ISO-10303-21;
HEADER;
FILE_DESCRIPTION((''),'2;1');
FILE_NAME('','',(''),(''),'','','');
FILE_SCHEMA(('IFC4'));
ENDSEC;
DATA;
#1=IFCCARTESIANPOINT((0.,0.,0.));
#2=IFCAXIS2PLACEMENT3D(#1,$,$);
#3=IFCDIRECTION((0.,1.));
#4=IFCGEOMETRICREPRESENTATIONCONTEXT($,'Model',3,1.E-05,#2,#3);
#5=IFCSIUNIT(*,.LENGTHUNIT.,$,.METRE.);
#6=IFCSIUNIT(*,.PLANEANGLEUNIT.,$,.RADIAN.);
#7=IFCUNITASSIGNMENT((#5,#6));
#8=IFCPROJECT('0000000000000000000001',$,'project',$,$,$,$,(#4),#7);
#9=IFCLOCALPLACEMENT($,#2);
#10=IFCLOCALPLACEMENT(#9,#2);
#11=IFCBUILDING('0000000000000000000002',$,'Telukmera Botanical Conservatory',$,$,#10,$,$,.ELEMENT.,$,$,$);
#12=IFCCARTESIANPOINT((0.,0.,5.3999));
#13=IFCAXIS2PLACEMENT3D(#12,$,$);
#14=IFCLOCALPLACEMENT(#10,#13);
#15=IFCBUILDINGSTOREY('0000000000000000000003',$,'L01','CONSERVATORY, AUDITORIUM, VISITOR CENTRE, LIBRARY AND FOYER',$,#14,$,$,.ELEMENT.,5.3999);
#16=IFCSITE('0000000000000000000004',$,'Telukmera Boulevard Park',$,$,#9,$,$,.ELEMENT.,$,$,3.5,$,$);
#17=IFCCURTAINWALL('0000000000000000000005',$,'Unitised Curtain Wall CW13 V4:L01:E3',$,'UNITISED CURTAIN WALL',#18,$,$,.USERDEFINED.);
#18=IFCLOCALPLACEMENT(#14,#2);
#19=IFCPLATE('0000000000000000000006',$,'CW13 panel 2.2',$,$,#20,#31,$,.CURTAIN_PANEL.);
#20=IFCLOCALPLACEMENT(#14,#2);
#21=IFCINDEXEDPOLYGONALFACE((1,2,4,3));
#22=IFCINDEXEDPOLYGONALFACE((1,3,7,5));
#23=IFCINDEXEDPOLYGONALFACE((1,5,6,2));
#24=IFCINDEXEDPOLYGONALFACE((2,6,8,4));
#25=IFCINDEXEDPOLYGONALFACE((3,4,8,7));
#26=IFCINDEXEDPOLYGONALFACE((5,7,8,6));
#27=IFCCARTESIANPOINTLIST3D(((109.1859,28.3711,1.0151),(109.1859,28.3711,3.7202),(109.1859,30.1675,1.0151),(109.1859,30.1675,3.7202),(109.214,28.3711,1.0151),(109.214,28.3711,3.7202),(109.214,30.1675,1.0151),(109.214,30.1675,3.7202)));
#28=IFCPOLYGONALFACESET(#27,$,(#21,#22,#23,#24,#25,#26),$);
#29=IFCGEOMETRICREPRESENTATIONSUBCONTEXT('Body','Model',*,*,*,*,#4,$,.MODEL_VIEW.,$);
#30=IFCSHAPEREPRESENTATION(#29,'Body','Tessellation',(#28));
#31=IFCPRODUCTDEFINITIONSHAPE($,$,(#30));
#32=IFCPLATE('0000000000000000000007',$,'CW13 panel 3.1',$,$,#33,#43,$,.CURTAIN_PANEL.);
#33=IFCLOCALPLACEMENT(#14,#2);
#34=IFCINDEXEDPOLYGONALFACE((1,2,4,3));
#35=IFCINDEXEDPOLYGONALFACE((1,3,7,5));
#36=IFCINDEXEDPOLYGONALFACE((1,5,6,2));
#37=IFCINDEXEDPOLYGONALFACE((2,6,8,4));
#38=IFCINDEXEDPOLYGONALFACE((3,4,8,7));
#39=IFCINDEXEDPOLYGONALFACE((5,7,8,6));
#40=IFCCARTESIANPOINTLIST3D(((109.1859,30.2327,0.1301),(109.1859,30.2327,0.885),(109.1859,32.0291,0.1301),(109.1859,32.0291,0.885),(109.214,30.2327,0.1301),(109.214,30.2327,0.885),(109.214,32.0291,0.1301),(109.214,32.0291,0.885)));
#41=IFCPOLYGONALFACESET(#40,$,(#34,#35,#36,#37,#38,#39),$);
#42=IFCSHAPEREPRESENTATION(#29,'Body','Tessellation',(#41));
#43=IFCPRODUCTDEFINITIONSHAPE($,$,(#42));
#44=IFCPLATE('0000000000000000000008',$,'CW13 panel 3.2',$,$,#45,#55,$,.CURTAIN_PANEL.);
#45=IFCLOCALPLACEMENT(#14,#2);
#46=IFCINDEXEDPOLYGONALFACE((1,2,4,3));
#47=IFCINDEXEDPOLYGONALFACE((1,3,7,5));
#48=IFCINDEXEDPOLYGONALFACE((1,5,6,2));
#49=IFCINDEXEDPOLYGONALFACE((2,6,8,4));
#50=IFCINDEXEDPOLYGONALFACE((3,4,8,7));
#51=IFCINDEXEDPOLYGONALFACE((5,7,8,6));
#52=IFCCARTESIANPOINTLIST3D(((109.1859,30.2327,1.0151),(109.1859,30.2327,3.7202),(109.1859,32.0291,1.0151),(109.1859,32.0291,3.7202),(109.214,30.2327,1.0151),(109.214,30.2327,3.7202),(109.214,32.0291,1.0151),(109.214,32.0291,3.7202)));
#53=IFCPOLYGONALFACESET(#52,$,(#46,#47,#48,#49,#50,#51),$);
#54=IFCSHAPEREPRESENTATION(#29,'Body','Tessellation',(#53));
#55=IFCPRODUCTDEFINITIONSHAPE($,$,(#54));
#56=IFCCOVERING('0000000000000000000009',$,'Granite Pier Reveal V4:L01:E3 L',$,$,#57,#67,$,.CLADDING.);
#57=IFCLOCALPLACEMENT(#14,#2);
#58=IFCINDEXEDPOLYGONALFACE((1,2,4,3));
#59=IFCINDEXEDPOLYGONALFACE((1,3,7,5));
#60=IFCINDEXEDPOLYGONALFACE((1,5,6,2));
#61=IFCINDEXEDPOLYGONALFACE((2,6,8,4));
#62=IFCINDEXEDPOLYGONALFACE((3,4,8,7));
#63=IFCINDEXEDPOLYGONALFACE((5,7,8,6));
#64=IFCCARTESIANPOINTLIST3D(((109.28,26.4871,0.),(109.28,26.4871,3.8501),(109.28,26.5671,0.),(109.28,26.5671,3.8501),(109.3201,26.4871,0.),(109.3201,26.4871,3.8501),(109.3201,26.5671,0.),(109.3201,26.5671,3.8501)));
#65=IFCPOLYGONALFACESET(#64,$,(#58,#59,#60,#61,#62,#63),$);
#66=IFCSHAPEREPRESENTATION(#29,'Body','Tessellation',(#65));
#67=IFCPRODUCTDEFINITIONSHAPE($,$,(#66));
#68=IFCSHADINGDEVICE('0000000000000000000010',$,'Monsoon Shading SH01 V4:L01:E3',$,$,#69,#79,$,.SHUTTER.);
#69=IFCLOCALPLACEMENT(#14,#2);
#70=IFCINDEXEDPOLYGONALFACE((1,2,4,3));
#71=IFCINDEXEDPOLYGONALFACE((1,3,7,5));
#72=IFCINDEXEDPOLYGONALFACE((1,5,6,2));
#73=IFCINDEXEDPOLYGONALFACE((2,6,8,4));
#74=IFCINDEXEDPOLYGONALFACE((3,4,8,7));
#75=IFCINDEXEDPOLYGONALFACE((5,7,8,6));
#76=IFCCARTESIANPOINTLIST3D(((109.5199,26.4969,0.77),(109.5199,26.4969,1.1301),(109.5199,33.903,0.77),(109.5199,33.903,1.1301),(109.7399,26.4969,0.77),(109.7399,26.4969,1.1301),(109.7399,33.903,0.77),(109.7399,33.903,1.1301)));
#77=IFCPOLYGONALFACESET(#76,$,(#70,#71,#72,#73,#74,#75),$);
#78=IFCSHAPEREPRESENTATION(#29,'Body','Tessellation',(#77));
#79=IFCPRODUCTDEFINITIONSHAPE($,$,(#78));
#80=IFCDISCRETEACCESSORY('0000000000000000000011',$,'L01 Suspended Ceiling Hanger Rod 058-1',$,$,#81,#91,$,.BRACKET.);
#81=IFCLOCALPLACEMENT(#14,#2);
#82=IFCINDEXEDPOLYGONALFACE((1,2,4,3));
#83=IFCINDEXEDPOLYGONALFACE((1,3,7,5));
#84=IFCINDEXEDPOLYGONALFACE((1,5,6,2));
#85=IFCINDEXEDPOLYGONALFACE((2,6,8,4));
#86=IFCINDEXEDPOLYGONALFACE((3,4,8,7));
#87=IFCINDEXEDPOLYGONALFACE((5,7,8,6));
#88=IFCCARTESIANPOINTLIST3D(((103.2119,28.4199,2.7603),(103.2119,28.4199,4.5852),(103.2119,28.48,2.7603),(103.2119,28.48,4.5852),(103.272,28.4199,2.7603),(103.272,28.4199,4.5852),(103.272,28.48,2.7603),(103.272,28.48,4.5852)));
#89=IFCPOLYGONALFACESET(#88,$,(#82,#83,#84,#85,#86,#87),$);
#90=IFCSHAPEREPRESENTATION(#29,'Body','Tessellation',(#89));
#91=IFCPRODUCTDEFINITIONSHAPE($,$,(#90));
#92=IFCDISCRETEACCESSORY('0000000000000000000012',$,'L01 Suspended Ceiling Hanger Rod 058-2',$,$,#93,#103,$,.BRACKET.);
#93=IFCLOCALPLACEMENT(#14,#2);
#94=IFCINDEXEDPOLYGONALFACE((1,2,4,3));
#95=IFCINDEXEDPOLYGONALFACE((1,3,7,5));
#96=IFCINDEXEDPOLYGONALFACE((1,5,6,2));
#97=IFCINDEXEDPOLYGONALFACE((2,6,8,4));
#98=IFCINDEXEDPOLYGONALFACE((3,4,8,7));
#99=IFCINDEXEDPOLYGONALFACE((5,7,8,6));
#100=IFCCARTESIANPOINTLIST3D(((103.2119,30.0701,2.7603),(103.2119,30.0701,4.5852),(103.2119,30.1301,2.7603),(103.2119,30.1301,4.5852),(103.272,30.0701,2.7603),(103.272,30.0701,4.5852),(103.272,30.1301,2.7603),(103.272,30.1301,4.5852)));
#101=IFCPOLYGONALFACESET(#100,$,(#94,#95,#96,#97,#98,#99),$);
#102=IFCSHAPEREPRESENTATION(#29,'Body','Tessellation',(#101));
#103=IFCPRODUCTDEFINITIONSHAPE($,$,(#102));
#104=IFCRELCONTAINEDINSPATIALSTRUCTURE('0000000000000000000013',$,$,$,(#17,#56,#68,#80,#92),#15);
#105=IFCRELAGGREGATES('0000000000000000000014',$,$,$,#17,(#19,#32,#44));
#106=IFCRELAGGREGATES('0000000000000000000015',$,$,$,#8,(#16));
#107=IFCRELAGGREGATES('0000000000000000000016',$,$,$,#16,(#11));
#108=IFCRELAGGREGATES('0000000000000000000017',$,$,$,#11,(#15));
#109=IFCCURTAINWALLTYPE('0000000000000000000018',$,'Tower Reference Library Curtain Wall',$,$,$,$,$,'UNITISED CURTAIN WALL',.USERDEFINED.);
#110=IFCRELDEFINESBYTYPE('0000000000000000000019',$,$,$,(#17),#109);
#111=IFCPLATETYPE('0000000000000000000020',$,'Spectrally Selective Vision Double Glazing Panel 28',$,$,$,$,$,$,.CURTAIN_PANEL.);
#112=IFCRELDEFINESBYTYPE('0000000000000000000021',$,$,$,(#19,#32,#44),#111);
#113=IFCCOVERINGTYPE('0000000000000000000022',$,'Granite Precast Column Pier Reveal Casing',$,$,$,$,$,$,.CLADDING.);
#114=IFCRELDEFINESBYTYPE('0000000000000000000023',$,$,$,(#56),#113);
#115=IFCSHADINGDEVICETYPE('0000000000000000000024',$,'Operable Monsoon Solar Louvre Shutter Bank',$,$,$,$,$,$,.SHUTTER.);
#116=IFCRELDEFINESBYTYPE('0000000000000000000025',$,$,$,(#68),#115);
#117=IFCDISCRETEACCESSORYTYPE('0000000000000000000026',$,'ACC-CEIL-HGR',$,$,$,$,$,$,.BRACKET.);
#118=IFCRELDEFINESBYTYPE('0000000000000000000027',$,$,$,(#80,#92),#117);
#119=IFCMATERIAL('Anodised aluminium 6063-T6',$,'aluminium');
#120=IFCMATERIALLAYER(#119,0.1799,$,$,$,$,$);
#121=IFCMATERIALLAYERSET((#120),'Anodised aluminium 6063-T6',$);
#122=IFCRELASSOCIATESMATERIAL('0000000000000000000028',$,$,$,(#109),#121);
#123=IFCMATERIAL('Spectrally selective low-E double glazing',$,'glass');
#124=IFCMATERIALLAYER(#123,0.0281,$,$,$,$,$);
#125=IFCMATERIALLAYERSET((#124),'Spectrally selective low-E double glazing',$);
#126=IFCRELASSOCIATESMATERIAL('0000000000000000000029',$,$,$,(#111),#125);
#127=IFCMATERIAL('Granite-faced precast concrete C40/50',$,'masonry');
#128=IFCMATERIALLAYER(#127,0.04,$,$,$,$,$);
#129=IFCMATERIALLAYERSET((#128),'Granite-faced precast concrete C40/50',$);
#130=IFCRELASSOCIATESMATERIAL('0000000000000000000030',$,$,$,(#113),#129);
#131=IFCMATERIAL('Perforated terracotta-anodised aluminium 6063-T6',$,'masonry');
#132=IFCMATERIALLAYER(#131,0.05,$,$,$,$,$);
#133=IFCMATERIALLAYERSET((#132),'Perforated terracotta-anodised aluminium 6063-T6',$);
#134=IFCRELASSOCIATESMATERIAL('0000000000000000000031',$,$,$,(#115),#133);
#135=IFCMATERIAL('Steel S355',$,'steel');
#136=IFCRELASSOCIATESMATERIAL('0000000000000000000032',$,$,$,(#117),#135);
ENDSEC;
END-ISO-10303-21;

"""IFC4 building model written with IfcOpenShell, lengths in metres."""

from ifc_helpers import new_model, si_unit, direction, frame, origin, origin_2d, place, context, subcontext, project, spatial, rectangle, extrude, material, layer, layer_set, type_object, element, aggregate, save


model = new_model("IFC4")

# Units and contexts
model_context = context("Model", 3, precision=1e-05, world=origin(), true_north=direction((0.0, 1.0)))
body_context = subcontext(model_context, "Body", "Model", "MODEL_VIEW")
ifc_project = project(units=[si_unit("LENGTHUNIT", "METRE"), si_unit("PLANEANGLEUNIT", "RADIAN")], contexts=[model_context])

# Site, building, storey
site_placement = place(None, origin())
site = spatial("IfcSite", under=ifc_project, at=site_placement, Name="Telukmera Boulevard Park", CompositionType="ELEMENT", RefElevation=3.5)
building_placement = place(site_placement, origin())
building = spatial("IfcBuilding", under=site, at=building_placement, Name="Telukmera Botanical Conservatory", CompositionType="ELEMENT")
storey_placement = place(building_placement, frame((0.0, 0.0, 5.3999)))
storey = spatial("IfcBuildingStorey", under=building, at=storey_placement, Name="L01", Description="CONSERVATORY, AUDITORIUM, VISITOR CENTRE, LIBRARY AND FOYER", CompositionType="ELEMENT", Elevation=5.3999)

# Curtain wall, plates
ifc_material_1 = material(Name="Anodised aluminium 6063-T6", Category="aluminium")
ifc_layer_1 = layer(ifc_material_1, 0.1799)
ifc_layer_set_1 = layer_set([ifc_layer_1], Name="Anodised aluminium 6063-T6")
curtain_wall_type = type_object("IfcCurtainWallType", Name="Tower Reference Library Curtain Wall", ElementType="UNITISED CURTAIN WALL", PredefinedType="USERDEFINED", material=ifc_layer_set_1)
curtain_wall_placement = place(storey_placement, origin())
curtain_wall = element("IfcCurtainWall", 1, at=curtain_wall_placement, inside=storey, type_object=curtain_wall_type, Name="Unitised Curtain Wall CW13 V4:L01:E3", ObjectType="UNITISED CURTAIN WALL", PredefinedType="USERDEFINED")
ifc_material_2 = material(Name="Spectrally selective low-E double glazing", Category="glass")
ifc_layer_2 = layer(ifc_material_2, 0.0281)
ifc_layer_set_2 = layer_set([ifc_layer_2], Name="Spectrally selective low-E double glazing")
plate_type = type_object("IfcPlateType", Name="Spectrally Selective Vision Double Glazing Panel 28", PredefinedType="CURTAIN_PANEL", material=ifc_layer_set_2)
plate_1_placement = place(storey_placement, frame((109.2, 29.2693, 1.0151), z_axis=(0.0, 0.0, 1.0), x_axis=(0.0, 1.0, 0.0)))
plate_1 = element("IfcPlate", 2, at=plate_1_placement, type_object=plate_type, Name="CW13 panel 2.2", PredefinedType="CURTAIN_PANEL", context=body_context, shape_type="SweptSolid", body=[
    extrude(rectangle(XDim=1.7964, YDim=0.0281, at=origin_2d()), origin(), (0.0, 0.0, 1.0), 2.7051),
])
plate_2_placement = place(storey_placement, frame((109.2, 31.1309, 0.1301), z_axis=(0.0, 0.0, 1.0), x_axis=(0.0, 1.0, 0.0)))
plate_2 = element("IfcPlate", 3, at=plate_2_placement, type_object=plate_type, Name="CW13 panel 3.1", PredefinedType="CURTAIN_PANEL", context=body_context, shape_type="SweptSolid", body=[
    extrude(rectangle(XDim=1.7964, YDim=0.0281, at=origin_2d()), origin(), (0.0, 0.0, 1.0), 0.7549),
])
plate_3_placement = place(storey_placement, frame((109.2, 31.1309, 1.0151), z_axis=(0.0, 0.0, 1.0), x_axis=(0.0, 1.0, 0.0)))
plate_3 = element("IfcPlate", 4, at=plate_3_placement, type_object=plate_type, Name="CW13 panel 3.2", PredefinedType="CURTAIN_PANEL", context=body_context, shape_type="SweptSolid", body=[
    extrude(rectangle(XDim=1.7964, YDim=0.0281, at=origin_2d()), origin(), (0.0, 0.0, 1.0), 2.7051),
])
aggregate(curtain_wall, [plate_1, plate_2, plate_3])

# Covering
ifc_material_3 = material(Name="Granite-faced precast concrete C40/50", Category="masonry")
ifc_layer_3 = layer(ifc_material_3, 0.04)
ifc_layer_set_3 = layer_set([ifc_layer_3], Name="Granite-faced precast concrete C40/50")
covering_type = type_object("IfcCoveringType", Name="Granite Precast Column Pier Reveal Casing", PredefinedType="CLADDING", material=ifc_layer_set_3)
covering_placement = place(storey_placement, frame((109.3, 26.5271, 0.0), z_axis=(0.0, 0.0, 1.0), x_axis=(0.0, 1.0, 0.0)))
element("IfcCovering", 5, at=covering_placement, inside=storey, type_object=covering_type, Name="Granite Pier Reveal V4:L01:E3 L", PredefinedType="CLADDING", context=body_context, shape_type="SweptSolid", body=[
    extrude(rectangle(XDim=0.0801, YDim=0.04, at=origin_2d()), origin(), (0.0, 0.0, 1.0), 3.8501),
])

# Shading device
ifc_material_4 = material(Name="Perforated terracotta-anodised aluminium 6063-T6", Category="masonry")
ifc_layer_4 = layer(ifc_material_4, 0.05)
ifc_layer_set_4 = layer_set([ifc_layer_4], Name="Perforated terracotta-anodised aluminium 6063-T6")
shading_device_type = type_object("IfcShadingDeviceType", Name="Operable Monsoon Solar Louvre Shutter Bank", PredefinedType="SHUTTER", material=ifc_layer_set_4)
shading_device_placement = place(storey_placement, frame((109.6299, 30.2, 0.77), z_axis=(0.0, 0.0, 1.0), x_axis=(0.0, 1.0, 0.0)))
element("IfcShadingDevice", 6, at=shading_device_placement, inside=storey, type_object=shading_device_type, Name="Monsoon Shading SH01 V4:L01:E3", PredefinedType="SHUTTER", context=body_context, shape_type="SweptSolid", body=[
    extrude(rectangle(XDim=7.406, YDim=0.22, at=origin_2d()), origin(), (0.0, 0.0, 1.0), 0.3601),
])

# Discrete accessories
ifc_material_5 = material(Name="Steel S355", Category="steel")
discrete_accessory_type = type_object("IfcDiscreteAccessoryType", Name="ACC-CEIL-HGR", PredefinedType="BRACKET", material=ifc_material_5)
for number, where, z_axis, x_axis, name in (
    (7, (103.2419, 28.45, 2.7603), (0.0, 0.0, 1.0), (1.0, 0.0, 0.0), "L01 Suspended Ceiling Hanger Rod 058-1"),
    (8, (103.2419, 30.1001, 2.7603), (0.0, 0.0, 1.0), (1.0, 0.0, 0.0), "L01 Suspended Ceiling Hanger Rod 058-2"),
):
    element("IfcDiscreteAccessory", number, at=place(storey_placement, frame(where, z_axis=z_axis, x_axis=x_axis)), inside=storey, type_object=discrete_accessory_type, Name=name, PredefinedType="BRACKET", context=body_context, shape_type="SweptSolid", body=[
        extrude(rectangle(XDim=0.0601, YDim=0.0601, at=origin_2d()), origin(), (0.0, 0.0, 1.0), 1.825),
    ])

save(model, "model.ifc")
